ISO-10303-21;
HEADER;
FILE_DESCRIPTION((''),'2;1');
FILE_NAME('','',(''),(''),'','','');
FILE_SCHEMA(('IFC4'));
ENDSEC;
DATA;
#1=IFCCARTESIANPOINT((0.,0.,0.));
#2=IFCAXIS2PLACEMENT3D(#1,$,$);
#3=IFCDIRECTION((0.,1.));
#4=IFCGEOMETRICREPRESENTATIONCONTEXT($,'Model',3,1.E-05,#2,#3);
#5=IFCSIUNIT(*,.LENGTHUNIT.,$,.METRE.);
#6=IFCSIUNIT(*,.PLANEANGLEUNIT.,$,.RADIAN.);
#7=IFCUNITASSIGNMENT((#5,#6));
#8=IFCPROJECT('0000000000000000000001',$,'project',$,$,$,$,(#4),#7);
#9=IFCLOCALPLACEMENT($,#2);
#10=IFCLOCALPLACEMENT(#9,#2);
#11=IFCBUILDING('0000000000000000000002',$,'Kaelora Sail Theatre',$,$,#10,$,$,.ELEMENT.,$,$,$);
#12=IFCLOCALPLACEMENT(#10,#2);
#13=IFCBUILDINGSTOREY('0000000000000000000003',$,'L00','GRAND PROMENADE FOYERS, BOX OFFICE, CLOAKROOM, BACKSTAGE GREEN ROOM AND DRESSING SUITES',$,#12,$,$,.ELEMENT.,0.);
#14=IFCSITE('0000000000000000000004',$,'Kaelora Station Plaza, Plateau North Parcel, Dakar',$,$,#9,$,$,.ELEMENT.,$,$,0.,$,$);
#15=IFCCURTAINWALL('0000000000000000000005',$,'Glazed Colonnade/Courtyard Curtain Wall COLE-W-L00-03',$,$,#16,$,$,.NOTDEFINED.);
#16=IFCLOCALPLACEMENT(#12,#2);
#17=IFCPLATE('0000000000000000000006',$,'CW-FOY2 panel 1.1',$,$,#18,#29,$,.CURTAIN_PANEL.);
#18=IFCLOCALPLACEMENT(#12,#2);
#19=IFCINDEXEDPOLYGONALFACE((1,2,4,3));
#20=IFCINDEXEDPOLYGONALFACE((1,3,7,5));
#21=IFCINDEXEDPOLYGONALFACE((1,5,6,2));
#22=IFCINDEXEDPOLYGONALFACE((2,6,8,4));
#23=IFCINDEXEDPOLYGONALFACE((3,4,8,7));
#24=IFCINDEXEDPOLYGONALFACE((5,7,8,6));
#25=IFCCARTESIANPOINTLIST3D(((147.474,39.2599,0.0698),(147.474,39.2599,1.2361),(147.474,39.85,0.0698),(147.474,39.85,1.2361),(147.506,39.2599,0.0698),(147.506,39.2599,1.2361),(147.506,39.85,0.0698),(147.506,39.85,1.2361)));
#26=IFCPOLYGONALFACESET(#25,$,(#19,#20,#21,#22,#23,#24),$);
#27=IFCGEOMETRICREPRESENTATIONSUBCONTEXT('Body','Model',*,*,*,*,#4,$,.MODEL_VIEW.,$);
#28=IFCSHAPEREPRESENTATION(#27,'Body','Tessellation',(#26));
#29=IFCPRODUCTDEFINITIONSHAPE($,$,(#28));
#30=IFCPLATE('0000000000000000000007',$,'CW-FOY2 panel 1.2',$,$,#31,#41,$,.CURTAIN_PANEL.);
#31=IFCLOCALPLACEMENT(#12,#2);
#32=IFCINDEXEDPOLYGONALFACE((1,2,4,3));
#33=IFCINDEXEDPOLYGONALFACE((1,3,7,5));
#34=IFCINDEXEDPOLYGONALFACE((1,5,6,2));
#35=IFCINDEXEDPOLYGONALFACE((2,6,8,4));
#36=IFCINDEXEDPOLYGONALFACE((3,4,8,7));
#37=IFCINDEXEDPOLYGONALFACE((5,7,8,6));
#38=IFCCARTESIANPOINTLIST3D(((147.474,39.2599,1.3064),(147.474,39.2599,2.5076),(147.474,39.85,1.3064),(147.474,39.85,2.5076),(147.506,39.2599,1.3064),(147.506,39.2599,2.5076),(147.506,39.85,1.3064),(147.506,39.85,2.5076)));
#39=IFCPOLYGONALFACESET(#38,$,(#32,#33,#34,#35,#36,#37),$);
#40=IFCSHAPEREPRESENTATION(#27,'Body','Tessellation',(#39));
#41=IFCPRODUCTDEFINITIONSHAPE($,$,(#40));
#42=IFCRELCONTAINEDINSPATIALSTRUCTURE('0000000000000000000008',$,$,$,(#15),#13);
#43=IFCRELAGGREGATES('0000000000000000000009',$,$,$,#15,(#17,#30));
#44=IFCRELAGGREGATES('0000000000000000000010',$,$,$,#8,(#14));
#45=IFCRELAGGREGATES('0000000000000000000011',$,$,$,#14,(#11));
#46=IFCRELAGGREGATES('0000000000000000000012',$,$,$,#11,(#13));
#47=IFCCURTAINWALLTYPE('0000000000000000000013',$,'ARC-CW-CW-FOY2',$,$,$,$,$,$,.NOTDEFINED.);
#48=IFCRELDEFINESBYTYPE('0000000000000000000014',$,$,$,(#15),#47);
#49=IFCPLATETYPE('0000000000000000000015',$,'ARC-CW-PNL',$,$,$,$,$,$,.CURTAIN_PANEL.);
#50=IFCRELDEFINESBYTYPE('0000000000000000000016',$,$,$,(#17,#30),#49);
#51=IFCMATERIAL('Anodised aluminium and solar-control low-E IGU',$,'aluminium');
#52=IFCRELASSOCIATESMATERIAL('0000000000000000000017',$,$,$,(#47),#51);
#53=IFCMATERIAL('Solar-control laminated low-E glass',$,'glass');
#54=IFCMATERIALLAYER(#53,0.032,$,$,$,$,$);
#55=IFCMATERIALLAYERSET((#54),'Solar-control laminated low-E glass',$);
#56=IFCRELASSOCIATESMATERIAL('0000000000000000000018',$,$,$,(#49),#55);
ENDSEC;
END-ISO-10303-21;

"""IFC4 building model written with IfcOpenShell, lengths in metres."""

from ifc_helpers import new_model, si_unit, direction, frame, origin, origin_2d, place, context, subcontext, project, spatial, rectangle, extrude, material, layer, layer_set, type_object, element, aggregate, save


model = new_model("IFC4")

# Units and contexts
model_context = context("Model", 3, precision=1e-05, world=origin(), true_north=direction((0.0, 1.0)))
body_context = subcontext(model_context, "Body", "Model", "MODEL_VIEW")
ifc_project = project(units=[si_unit("LENGTHUNIT", "METRE"), si_unit("PLANEANGLEUNIT", "RADIAN")], contexts=[model_context])

# Site, building, storey
site_placement = place(None, origin())
site = spatial("IfcSite", under=ifc_project, at=site_placement, Name="Kaelora Station Plaza, Plateau North Parcel, Dakar", CompositionType="ELEMENT", RefElevation=0.0)
building_placement = place(site_placement, origin())
building = spatial("IfcBuilding", under=site, at=building_placement, Name="Kaelora Sail Theatre", CompositionType="ELEMENT")
storey_placement = place(building_placement, origin())
storey = spatial("IfcBuildingStorey", under=building, at=storey_placement, Name="L00", Description="GRAND PROMENADE FOYERS, BOX OFFICE, CLOAKROOM, BACKSTAGE GREEN ROOM AND DRESSING SUITES", CompositionType="ELEMENT", Elevation=0.0)

# Curtain wall
ifc_material_1 = material(Name="Anodised aluminium and solar-control low-E IGU", Category="aluminium")
curtain_wall_type = type_object("IfcCurtainWallType", Name="ARC-CW-CW-FOY2", PredefinedType="NOTDEFINED", material=ifc_material_1)
curtain_wall_1_placement = place(storey_placement, origin())
curtain_wall_1 = element("IfcCurtainWall", 1, at=curtain_wall_1_placement, inside=storey, type_object=curtain_wall_type, Name="Glazed Colonnade/Courtyard Curtain Wall COLE-W-L00-03", PredefinedType="NOTDEFINED")

# Plates
ifc_material_2 = material(Name="Solar-control laminated low-E glass", Category="glass")
ifc_layer = layer(ifc_material_2, 0.032)
ifc_layer_set = layer_set([ifc_layer], Name="Solar-control laminated low-E glass")
plate_type = type_object("IfcPlateType", Name="ARC-CW-PNL", PredefinedType="CURTAIN_PANEL", material=ifc_layer_set)
plate_1_placement = place(storey_placement, frame((147.49, 39.5549, 0.0698), z_axis=(0.0, 0.0, 1.0), x_axis=(0.0, 1.0, 0.0)))
plate_1 = element("IfcPlate", 2, at=plate_1_placement, type_object=plate_type, Name="CW-FOY2 panel 1.1", PredefinedType="CURTAIN_PANEL", context=body_context, shape_type="SweptSolid", body=[
    extrude(rectangle(XDim=0.5901, YDim=0.032, at=origin_2d()), origin(), (0.0, 0.0, 1.0), 1.1663),
])
plate_2_placement = place(storey_placement, frame((147.49, 39.5549, 1.3064), z_axis=(0.0, 0.0, 1.0), x_axis=(0.0, 1.0, 0.0)))
plate_2 = element("IfcPlate", 3, at=plate_2_placement, type_object=plate_type, Name="CW-FOY2 panel 1.2", PredefinedType="CURTAIN_PANEL", context=body_context, shape_type="SweptSolid", body=[
    extrude(rectangle(XDim=0.5901, YDim=0.032, at=origin_2d()), origin(), (0.0, 0.0, 1.0), 1.2012),
])
aggregate(curtain_wall_1, [plate_1, plate_2])

save(model, "model.ifc")
